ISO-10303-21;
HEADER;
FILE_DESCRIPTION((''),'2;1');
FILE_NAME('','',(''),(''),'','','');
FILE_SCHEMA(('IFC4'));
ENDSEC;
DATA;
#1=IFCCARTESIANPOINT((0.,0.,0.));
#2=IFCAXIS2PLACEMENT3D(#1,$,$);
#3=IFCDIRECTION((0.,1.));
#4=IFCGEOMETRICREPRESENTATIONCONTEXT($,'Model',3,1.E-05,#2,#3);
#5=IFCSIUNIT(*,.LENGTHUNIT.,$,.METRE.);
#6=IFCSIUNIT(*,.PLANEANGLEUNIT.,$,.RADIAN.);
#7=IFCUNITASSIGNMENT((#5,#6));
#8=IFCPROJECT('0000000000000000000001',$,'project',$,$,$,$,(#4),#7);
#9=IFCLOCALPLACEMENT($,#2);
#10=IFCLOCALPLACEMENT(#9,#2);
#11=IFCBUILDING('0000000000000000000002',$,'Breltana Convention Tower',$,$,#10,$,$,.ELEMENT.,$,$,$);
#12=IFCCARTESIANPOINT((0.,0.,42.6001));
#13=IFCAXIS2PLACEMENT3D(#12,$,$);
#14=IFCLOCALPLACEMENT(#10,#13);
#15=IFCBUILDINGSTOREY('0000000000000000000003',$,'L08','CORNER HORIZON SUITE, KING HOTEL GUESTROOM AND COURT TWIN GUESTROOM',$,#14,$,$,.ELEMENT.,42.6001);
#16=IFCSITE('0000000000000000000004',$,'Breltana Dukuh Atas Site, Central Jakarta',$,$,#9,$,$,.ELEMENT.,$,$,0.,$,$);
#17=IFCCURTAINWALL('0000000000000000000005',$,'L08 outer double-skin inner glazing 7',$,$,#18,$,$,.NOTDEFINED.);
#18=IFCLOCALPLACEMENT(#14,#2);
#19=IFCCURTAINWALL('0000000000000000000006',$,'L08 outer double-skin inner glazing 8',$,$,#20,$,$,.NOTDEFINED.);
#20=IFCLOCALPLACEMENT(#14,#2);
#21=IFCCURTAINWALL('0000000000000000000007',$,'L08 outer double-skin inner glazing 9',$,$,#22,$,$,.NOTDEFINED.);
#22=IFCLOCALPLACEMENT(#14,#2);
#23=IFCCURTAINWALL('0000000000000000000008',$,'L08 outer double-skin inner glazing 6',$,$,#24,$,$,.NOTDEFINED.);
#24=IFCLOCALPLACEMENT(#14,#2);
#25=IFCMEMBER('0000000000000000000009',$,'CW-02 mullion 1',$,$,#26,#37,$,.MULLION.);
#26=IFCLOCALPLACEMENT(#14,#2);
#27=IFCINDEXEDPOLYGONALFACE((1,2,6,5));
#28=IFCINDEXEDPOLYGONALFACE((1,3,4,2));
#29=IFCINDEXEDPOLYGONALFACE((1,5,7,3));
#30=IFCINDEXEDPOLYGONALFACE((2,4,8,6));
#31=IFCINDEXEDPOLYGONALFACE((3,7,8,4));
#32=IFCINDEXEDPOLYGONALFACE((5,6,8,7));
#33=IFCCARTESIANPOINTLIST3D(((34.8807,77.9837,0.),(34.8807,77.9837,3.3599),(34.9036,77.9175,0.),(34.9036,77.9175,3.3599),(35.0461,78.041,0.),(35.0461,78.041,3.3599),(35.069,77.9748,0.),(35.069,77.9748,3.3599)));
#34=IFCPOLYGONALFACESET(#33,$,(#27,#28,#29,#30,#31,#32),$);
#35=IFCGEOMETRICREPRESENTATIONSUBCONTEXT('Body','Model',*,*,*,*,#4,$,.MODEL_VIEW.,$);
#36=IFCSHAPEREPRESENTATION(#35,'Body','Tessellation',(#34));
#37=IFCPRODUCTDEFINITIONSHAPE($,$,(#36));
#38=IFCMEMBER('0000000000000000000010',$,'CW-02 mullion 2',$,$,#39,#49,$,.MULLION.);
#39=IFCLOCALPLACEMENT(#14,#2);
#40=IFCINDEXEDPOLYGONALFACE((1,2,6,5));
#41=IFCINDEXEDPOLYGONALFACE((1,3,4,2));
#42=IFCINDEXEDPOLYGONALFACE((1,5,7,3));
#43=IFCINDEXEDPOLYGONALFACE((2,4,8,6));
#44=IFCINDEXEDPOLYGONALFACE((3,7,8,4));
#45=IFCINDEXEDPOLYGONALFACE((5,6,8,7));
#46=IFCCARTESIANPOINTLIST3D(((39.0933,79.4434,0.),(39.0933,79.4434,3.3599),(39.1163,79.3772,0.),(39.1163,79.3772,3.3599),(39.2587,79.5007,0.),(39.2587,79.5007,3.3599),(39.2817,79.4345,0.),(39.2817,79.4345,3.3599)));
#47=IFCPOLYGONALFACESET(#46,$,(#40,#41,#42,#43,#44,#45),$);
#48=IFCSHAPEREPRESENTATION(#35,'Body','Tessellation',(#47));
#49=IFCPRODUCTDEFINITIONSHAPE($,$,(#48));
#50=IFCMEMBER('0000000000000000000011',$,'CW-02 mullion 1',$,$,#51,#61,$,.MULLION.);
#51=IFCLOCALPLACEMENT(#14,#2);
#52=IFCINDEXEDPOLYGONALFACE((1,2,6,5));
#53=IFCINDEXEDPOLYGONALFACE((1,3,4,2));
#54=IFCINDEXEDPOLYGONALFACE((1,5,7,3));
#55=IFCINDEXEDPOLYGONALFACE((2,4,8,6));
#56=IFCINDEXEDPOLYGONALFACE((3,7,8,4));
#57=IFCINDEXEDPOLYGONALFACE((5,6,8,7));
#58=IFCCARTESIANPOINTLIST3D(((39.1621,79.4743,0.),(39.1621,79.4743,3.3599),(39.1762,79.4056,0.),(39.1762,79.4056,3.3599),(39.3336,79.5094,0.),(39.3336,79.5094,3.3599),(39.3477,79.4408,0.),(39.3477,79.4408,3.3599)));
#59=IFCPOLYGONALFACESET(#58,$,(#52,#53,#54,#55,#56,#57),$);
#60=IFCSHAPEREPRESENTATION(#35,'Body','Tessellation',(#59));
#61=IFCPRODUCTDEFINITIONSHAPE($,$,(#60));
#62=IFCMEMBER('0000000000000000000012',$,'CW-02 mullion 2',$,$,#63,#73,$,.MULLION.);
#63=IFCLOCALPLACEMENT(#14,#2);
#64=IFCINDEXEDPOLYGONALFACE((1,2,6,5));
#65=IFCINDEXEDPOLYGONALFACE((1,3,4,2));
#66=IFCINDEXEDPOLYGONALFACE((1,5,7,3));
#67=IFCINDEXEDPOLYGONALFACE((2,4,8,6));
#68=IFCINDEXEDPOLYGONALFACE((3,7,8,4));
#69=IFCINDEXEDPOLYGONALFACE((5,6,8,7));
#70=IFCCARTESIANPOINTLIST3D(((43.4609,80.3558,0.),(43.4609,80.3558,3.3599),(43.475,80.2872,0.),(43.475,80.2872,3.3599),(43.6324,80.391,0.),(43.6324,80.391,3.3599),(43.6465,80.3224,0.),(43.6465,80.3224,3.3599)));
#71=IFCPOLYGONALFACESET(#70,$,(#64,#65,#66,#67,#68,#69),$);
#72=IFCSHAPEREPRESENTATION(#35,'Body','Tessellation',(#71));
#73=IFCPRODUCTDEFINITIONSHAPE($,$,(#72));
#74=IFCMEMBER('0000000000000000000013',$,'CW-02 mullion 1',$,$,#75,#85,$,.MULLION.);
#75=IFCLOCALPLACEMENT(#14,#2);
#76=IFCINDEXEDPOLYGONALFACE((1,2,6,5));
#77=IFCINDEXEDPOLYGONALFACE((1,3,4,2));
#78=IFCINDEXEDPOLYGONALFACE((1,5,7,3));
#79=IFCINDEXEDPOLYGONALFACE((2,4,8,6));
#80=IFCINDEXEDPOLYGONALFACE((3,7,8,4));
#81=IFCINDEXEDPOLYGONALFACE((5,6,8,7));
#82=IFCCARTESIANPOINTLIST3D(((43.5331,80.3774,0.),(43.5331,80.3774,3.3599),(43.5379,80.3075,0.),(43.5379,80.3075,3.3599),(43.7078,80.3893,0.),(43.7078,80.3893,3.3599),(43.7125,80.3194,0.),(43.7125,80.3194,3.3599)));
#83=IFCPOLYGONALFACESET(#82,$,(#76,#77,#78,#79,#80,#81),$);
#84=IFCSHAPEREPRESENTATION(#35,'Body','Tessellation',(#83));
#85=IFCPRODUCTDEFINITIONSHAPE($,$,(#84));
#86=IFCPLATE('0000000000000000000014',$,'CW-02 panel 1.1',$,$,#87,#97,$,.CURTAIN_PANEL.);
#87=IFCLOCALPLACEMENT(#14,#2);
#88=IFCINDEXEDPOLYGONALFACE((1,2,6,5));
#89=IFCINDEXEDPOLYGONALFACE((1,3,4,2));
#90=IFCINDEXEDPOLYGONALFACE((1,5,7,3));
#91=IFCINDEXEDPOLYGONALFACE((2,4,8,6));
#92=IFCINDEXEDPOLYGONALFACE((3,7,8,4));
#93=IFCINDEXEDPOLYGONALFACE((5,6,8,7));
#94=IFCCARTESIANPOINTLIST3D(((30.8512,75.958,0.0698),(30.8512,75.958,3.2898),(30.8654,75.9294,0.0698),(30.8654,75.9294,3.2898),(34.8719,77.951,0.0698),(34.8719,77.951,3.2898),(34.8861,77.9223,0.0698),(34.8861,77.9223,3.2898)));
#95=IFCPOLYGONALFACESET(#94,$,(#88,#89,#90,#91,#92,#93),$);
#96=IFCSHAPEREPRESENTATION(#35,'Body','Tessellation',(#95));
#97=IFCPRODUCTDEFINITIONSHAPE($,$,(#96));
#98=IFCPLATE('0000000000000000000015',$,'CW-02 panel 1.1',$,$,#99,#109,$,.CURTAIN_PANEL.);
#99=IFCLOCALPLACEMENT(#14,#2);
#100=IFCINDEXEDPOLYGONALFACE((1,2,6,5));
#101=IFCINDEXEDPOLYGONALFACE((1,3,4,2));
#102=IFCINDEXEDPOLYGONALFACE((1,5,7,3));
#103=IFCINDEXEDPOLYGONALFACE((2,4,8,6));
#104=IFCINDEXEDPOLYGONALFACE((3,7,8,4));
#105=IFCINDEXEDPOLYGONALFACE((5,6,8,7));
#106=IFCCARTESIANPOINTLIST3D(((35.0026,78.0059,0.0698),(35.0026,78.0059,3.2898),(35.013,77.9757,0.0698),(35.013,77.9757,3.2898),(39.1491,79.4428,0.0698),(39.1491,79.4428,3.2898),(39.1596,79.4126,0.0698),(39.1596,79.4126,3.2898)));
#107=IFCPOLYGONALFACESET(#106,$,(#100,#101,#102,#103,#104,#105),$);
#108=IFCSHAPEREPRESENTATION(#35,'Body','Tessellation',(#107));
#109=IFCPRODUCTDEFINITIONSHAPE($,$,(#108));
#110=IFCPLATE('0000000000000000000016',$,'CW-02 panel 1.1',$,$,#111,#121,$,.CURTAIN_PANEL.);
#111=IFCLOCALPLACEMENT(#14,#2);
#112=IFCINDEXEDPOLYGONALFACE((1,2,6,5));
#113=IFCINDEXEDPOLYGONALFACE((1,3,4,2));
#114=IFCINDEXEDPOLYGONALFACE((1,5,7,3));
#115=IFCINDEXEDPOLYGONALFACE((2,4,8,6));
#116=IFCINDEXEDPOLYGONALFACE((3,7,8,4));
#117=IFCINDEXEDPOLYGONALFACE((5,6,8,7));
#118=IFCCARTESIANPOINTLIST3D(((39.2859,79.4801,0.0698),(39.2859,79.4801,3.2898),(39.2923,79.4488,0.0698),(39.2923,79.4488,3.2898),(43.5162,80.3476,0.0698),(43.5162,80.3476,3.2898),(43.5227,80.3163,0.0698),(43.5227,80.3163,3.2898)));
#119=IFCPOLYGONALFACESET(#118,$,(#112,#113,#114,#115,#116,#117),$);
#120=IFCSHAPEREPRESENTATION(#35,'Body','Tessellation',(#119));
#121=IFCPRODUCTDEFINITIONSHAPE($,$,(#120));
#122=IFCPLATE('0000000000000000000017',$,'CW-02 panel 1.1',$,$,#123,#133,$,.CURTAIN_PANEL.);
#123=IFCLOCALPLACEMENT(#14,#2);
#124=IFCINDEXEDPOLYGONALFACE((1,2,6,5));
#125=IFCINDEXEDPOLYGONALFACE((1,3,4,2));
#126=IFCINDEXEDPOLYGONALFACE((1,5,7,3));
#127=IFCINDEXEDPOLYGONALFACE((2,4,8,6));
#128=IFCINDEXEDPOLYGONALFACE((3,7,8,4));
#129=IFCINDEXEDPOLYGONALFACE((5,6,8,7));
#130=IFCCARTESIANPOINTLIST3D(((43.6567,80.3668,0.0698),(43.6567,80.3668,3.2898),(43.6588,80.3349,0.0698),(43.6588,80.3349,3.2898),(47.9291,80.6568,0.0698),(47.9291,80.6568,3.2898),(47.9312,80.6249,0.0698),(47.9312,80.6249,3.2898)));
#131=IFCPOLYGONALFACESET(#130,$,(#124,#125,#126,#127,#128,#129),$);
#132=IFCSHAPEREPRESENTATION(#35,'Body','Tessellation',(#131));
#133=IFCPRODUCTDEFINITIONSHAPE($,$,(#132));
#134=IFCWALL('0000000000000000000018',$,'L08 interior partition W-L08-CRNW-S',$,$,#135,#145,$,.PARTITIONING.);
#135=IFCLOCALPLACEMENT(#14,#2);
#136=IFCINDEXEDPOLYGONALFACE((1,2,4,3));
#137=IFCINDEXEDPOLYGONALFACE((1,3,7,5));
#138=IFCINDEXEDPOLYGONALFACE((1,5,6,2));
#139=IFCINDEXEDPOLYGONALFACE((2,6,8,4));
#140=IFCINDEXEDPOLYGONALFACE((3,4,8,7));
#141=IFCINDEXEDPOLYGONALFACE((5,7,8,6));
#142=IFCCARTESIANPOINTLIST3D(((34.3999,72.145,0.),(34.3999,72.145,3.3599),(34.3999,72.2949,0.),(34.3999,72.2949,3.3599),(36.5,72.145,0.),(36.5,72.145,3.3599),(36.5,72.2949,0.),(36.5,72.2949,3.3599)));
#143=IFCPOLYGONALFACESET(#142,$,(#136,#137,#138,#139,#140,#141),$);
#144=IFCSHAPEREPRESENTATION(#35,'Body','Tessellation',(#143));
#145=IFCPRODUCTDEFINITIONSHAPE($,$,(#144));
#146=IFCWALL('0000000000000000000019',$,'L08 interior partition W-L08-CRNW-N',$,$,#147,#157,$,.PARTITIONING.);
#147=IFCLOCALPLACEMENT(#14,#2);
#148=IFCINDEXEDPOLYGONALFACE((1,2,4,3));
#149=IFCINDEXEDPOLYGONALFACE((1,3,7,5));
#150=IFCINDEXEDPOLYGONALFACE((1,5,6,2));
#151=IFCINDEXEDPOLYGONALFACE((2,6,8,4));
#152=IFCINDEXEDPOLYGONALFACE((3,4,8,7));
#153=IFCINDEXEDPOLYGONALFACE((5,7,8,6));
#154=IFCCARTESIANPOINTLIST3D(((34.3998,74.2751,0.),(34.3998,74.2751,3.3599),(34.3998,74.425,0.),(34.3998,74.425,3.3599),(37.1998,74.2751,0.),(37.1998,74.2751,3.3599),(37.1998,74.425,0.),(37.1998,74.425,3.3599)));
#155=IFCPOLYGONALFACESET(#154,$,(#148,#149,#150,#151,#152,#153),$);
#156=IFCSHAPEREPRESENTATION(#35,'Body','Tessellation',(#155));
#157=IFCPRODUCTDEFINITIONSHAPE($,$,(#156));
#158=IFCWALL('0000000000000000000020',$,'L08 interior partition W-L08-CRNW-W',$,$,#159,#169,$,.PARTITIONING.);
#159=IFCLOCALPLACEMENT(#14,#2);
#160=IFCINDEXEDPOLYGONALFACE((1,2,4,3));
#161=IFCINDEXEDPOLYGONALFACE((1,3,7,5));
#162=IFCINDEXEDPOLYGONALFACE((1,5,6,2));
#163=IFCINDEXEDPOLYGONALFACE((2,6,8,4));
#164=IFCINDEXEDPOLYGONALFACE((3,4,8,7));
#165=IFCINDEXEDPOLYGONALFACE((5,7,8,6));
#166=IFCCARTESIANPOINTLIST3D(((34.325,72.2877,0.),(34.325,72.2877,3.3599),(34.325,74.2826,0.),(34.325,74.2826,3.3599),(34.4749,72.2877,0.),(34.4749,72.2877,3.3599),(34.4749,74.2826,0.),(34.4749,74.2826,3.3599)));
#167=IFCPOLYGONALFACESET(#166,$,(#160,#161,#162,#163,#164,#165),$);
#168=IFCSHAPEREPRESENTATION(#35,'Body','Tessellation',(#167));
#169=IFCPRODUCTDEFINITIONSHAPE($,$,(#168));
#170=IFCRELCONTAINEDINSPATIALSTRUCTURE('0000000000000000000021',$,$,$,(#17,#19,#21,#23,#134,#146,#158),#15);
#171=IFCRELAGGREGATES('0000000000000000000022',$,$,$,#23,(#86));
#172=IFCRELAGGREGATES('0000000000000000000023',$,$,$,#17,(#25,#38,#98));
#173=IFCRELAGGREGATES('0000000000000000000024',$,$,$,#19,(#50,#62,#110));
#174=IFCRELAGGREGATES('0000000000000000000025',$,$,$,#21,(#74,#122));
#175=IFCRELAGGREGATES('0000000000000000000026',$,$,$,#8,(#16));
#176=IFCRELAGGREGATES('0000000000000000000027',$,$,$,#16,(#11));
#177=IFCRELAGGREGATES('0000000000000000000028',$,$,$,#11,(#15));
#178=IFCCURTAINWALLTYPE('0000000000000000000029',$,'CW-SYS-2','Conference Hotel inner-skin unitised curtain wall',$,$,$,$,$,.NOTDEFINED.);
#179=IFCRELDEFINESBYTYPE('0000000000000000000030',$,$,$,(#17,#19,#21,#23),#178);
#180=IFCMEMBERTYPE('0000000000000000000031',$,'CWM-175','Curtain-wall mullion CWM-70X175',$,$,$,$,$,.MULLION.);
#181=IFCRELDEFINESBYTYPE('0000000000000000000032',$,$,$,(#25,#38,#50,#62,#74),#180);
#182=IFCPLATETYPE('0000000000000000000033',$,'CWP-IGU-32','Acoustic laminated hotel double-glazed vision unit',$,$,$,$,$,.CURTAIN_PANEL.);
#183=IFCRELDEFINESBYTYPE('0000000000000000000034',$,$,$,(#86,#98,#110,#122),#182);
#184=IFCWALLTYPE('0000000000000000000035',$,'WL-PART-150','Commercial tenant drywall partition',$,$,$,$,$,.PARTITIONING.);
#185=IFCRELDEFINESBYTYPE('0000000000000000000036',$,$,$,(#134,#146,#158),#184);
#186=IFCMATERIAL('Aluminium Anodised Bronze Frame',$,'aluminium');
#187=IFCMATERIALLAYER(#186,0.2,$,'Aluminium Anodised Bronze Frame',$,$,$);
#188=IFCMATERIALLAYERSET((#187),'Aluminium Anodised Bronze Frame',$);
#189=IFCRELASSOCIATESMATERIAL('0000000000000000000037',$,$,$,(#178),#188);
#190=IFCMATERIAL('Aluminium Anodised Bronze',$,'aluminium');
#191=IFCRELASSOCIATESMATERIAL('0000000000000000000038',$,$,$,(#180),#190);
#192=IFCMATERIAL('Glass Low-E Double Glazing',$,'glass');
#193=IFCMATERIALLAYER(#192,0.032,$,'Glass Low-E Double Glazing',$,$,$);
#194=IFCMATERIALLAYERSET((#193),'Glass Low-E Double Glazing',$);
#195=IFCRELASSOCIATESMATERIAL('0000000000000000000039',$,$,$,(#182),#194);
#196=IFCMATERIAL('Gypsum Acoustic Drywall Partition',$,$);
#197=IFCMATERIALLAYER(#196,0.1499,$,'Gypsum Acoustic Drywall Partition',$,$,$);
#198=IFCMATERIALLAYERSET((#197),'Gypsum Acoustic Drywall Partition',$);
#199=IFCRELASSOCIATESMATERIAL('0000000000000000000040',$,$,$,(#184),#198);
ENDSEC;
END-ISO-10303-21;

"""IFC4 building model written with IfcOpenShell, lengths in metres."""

from ifc_helpers import new_model, si_unit, direction, frame, frame_2d, origin, origin_2d, place, context, subcontext, project, spatial, rectangle, extrude, source, transform, mapped, material, layer, layer_set, material_profile, profile_set, type_object, element, aggregate, save


model = new_model("IFC4")

# Units and contexts
model_context = context("Model", 3, precision=1e-05, world=origin(), true_north=direction((0.0, 1.0)))
body_context = subcontext(model_context, "Body", "Model", "MODEL_VIEW")
ifc_project = project(units=[si_unit("LENGTHUNIT", "METRE"), si_unit("PLANEANGLEUNIT", "RADIAN")], contexts=[model_context])

# Site, building, storey
site_placement = place(None, origin())
site = spatial("IfcSite", under=ifc_project, at=site_placement, Name="Breltana Dukuh Atas Site, Central Jakarta", CompositionType="ELEMENT", RefElevation=0.0)
building_placement = place(site_placement, origin())
building = spatial("IfcBuilding", under=site, at=building_placement, Name="Breltana Convention Tower", CompositionType="ELEMENT")
storey_placement = place(building_placement, frame((0.0, 0.0, 42.6001)))
storey = spatial("IfcBuildingStorey", under=building, at=storey_placement, Name="L08", Description="CORNER HORIZON SUITE, KING HOTEL GUESTROOM AND COURT TWIN GUESTROOM", CompositionType="ELEMENT", Elevation=42.6001)

# Curtain walls
ifc_material_1 = material(Name="Aluminium Anodised Bronze Frame", Category="aluminium")
ifc_layer_1 = layer(ifc_material_1, 0.2, Name="Aluminium Anodised Bronze Frame")
ifc_layer_set_1 = layer_set([ifc_layer_1], Name="Aluminium Anodised Bronze Frame")
curtain_wall_type = type_object("IfcCurtainWallType", Name="CW-SYS-2", Description="Conference Hotel inner-skin unitised curtain wall", PredefinedType="NOTDEFINED", material=ifc_layer_set_1)
curtain_wall_1_placement = place(storey_placement, origin())
curtain_wall_1 = element("IfcCurtainWall", 1, at=curtain_wall_1_placement, inside=storey, type_object=curtain_wall_type, Name="L08 outer double-skin inner glazing 7", PredefinedType="NOTDEFINED")
ifc_material_2 = material(Name="Aluminium Anodised Bronze", Category="aluminium")
curtain_wall_2_placement = place(storey_placement, origin())
curtain_wall_2 = element("IfcCurtainWall", 2, at=curtain_wall_2_placement, inside=storey, type_object=curtain_wall_type, Name="L08 outer double-skin inner glazing 8", PredefinedType="NOTDEFINED")
curtain_wall_3_placement = place(storey_placement, origin())
curtain_wall_3 = element("IfcCurtainWall", 3, at=curtain_wall_3_placement, inside=storey, type_object=curtain_wall_type, Name="L08 outer double-skin inner glazing 9", PredefinedType="NOTDEFINED")

# Curtain wall
curtain_wall_4_placement = place(storey_placement, origin())
curtain_wall_4 = element("IfcCurtainWall", 4, at=curtain_wall_4_placement, inside=storey, type_object=curtain_wall_type, Name="L08 outer double-skin inner glazing 6", PredefinedType="NOTDEFINED")
ifc_material_profile_1 = material_profile(ifc_material_2, rectangle(XDim=0.0701, YDim=0.175, at=origin_2d()), Name="CWM-70X175")
ifc_profile_set_1 = profile_set([ifc_material_profile_1], Name="Aluminium Anodised Bronze")
member_type_1 = type_object("IfcMemberType", Name="CWM-175", Description="Curtain-wall mullion CWM-70X175", PredefinedType="MULLION", material=ifc_profile_set_1)
shared_shape_1 = source(origin(), body_context, "Body", "SweptSolid", [
    extrude(rectangle(XDim=0.0701, YDim=0.175, at=origin_2d()), origin(), (0.0, 0.0, 1.0), 3.3599),
])

# Members
member_1_placement = place(storey_placement, frame((34.9749, 77.9792, 0.0), z_axis=(0.0, 0.0, 1.0), x_axis=(-0.327428, 0.944876, 0.0)))
member_1 = element("IfcMember", 5, at=member_1_placement, type_object=member_type_1, Name="CW-02 mullion 1", PredefinedType="MULLION", context=body_context, shape_type="MappedRepresentation", body=[
    mapped(shared_shape_1, transform((0.0, 0.0, 0.0), scale=1.0)),
])
member_2_placement = place(storey_placement, frame((39.1875, 79.439, 0.0), z_axis=(0.0, 0.0, 1.0), x_axis=(-0.327428, 0.944876, 0.0)))
member_2 = element("IfcMember", 6, at=member_2_placement, type_object=member_type_1, Name="CW-02 mullion 2", PredefinedType="MULLION", context=body_context, shape_type="MappedRepresentation", body=[
    mapped(shared_shape_1, transform((0.0, 0.0, 0.0), scale=1.0)),
])
member_3_placement = place(storey_placement, frame((39.2549, 79.4575, 0.0), z_axis=(0.0, 0.0, 1.0), x_axis=(-0.200885, 0.979615, 0.0)))
member_3 = element("IfcMember", 7, at=member_3_placement, type_object=member_type_1, Name="CW-02 mullion 1", PredefinedType="MULLION", context=body_context, shape_type="MappedRepresentation", body=[
    mapped(shared_shape_1, transform((0.0, 0.0, 0.0), scale=1.0)),
])
member_4_placement = place(storey_placement, frame((43.5537, 80.3391, 0.0), z_axis=(0.0, 0.0, 1.0), x_axis=(-0.200885, 0.979615, 0.0)))
member_4 = element("IfcMember", 8, at=member_4_placement, type_object=member_type_1, Name="CW-02 mullion 2", PredefinedType="MULLION", context=body_context, shape_type="MappedRepresentation", body=[
    mapped(shared_shape_1, transform((0.0, 0.0, 0.0), scale=1.0)),
])
member_5_placement = place(storey_placement, frame((43.6228, 80.3484, 0.0), z_axis=(0.0, 0.0, 1.0), x_axis=(-0.067726, 0.997704, 0.0)))
member_5 = element("IfcMember", 9, at=member_5_placement, type_object=member_type_1, Name="CW-02 mullion 1", PredefinedType="MULLION", context=body_context, shape_type="MappedRepresentation", body=[
    mapped(shared_shape_1, transform((0.0, 0.0, 0.0), scale=1.0)),
])

# Plates
ifc_material_3 = material(Name="Glass Low-E Double Glazing", Category="glass")
ifc_layer_2 = layer(ifc_material_3, 0.032, Name="Glass Low-E Double Glazing")
ifc_layer_set_2 = layer_set([ifc_layer_2], Name="Glass Low-E Double Glazing")
plate_type = type_object("IfcPlateType", Name="CWP-IGU-32", Description="Acoustic laminated hotel double-glazed vision unit", PredefinedType="CURTAIN_PANEL", material=ifc_layer_set_2)
shared_shape_2 = source(origin(), body_context, "Body", "SweptSolid", [
    extrude(rectangle(XDim=4.4875, YDim=0.032, at=origin_2d()), origin(), (0.0, 0.0, 1.0), 3.22),
])
plate_1_placement = place(storey_placement, frame((32.8687, 76.9402, 0.0698), z_axis=(0.0, 0.0, 1.0), x_axis=(0.895973, 0.444108, 0.0)))
plate_1 = element("IfcPlate", 10, at=plate_1_placement, type_object=plate_type, Name="CW-02 panel 1.1", PredefinedType="CURTAIN_PANEL", context=body_context, shape_type="MappedRepresentation", body=[
    mapped(shared_shape_2, transform((0.0, 0.0, 0.0), scale=1.0)),
])
aggregate(curtain_wall_4, [plate_1])
shared_shape_3 = source(origin(), body_context, "Body", "SweptSolid", [
    extrude(rectangle(XDim=4.3884, YDim=0.032, at=origin_2d()), origin(), (0.0, 0.0, 1.0), 3.22),
])
plate_2_placement = place(storey_placement, frame((37.0811, 78.7092, 0.0698), z_axis=(0.0, 0.0, 1.0), x_axis=(0.944876, 0.327428, 0.0)))
plate_2 = element("IfcPlate", 11, at=plate_2_placement, type_object=plate_type, Name="CW-02 panel 1.1", PredefinedType="CURTAIN_PANEL", context=body_context, shape_type="MappedRepresentation", body=[
    mapped(shared_shape_3, transform((0.0, 0.0, 0.0), scale=1.0)),
])
aggregate(curtain_wall_1, [member_1, member_2, plate_2])
shared_shape_4 = source(origin(), body_context, "Body", "SweptSolid", [
    extrude(rectangle(XDim=4.3184, YDim=0.032, at=origin_2d()), origin(), (0.0, 0.0, 1.0), 3.22),
])
plate_3_placement = place(storey_placement, frame((41.4043, 79.8982, 0.0698), z_axis=(0.0, 0.0, 1.0), x_axis=(0.979615, 0.200885, 0.0)))
plate_3 = element("IfcPlate", 12, at=plate_3_placement, type_object=plate_type, Name="CW-02 panel 1.1", PredefinedType="CURTAIN_PANEL", context=body_context, shape_type="MappedRepresentation", body=[
    mapped(shared_shape_4, transform((0.0, 0.0, 0.0), scale=1.0)),
])
aggregate(curtain_wall_2, [member_3, member_4, plate_3])
shared_shape_5 = source(origin(), body_context, "Body", "SweptSolid", [
    extrude(rectangle(XDim=4.2822, YDim=0.032, at=origin_2d()), origin(), (0.0, 0.0, 1.0), 3.22),
])
plate_4_placement = place(storey_placement, frame((45.7939, 80.4958, 0.0698), z_axis=(0.0, 0.0, 1.0), x_axis=(0.997704, 0.067726, 0.0)))
plate_4 = element("IfcPlate", 13, at=plate_4_placement, type_object=plate_type, Name="CW-02 panel 1.1", PredefinedType="CURTAIN_PANEL", context=body_context, shape_type="MappedRepresentation", body=[
    mapped(shared_shape_5, transform((0.0, 0.0, 0.0), scale=1.0)),
])
aggregate(curtain_wall_3, [member_5, plate_4])

# Walls
ifc_material_4 = material(Name="Gypsum Acoustic Drywall Partition")
ifc_layer_3 = layer(ifc_material_4, 0.1499, Name="Gypsum Acoustic Drywall Partition")
ifc_layer_set_3 = layer_set([ifc_layer_3], Name="Gypsum Acoustic Drywall Partition")
wall_type_1 = type_object("IfcWallType", Name="WL-PART-150", Description="Commercial tenant drywall partition", PredefinedType="PARTITIONING", material=ifc_layer_set_3)
shared_shape_6 = source(origin(), body_context, "Body", "SweptSolid", [
    extrude(rectangle(XDim=2.1001, YDim=0.1499, at=frame_2d((1.05, 0.0))), origin(), (0.0, 0.0, 1.0), 3.3599),
])
wall_1_placement = place(storey_placement, frame((34.3999, 72.22, 0.0), z_axis=(0.0, 0.0, 1.0), x_axis=(1.0, 0.0, 0.0)))
element("IfcWall", 14, at=wall_1_placement, inside=storey, type_object=wall_type_1, Name="L08 interior partition W-L08-CRNW-S", PredefinedType="PARTITIONING", context=body_context, shape_type="MappedRepresentation", body=[
    mapped(shared_shape_6, transform((0.0, 0.0, 0.0), scale=1.0)),
])
shared_shape_7 = source(origin(), body_context, "Body", "SweptSolid", [
    extrude(rectangle(XDim=2.8, YDim=0.1499, at=frame_2d((1.3999, 0.0))), origin(), (0.0, 0.0, 1.0), 3.3599),
])
wall_2_placement = place(storey_placement, frame((34.3999, 74.3501, 0.0), z_axis=(0.0, 0.0, 1.0), x_axis=(1.0, 0.0, 0.0)))
element("IfcWall", 15, at=wall_2_placement, inside=storey, type_object=wall_type_1, Name="L08 interior partition W-L08-CRNW-N", PredefinedType="PARTITIONING", context=body_context, shape_type="MappedRepresentation", body=[
    mapped(shared_shape_7, transform((0.0, 0.0, 0.0), scale=1.0)),
])
shared_shape_8 = source(origin(), body_context, "Body", "SweptSolid", [
    extrude(rectangle(XDim=1.9949, YDim=0.1499, at=frame_2d((0.9976, 0.0))), origin(), (0.0, 0.0, 1.0), 3.3599),
])
wall_3_placement = place(storey_placement, frame((34.3999, 72.2876, 0.0), z_axis=(0.0, 0.0, 1.0), x_axis=(0.0, 1.0, 0.0)))
element("IfcWall", 16, at=wall_3_placement, inside=storey, type_object=wall_type_1, Name="L08 interior partition W-L08-CRNW-W", PredefinedType="PARTITIONING", context=body_context, shape_type="MappedRepresentation", body=[
    mapped(shared_shape_8, transform((0.0, 0.0, 0.0), scale=1.0)),
])

save(model, "model.ifc")
